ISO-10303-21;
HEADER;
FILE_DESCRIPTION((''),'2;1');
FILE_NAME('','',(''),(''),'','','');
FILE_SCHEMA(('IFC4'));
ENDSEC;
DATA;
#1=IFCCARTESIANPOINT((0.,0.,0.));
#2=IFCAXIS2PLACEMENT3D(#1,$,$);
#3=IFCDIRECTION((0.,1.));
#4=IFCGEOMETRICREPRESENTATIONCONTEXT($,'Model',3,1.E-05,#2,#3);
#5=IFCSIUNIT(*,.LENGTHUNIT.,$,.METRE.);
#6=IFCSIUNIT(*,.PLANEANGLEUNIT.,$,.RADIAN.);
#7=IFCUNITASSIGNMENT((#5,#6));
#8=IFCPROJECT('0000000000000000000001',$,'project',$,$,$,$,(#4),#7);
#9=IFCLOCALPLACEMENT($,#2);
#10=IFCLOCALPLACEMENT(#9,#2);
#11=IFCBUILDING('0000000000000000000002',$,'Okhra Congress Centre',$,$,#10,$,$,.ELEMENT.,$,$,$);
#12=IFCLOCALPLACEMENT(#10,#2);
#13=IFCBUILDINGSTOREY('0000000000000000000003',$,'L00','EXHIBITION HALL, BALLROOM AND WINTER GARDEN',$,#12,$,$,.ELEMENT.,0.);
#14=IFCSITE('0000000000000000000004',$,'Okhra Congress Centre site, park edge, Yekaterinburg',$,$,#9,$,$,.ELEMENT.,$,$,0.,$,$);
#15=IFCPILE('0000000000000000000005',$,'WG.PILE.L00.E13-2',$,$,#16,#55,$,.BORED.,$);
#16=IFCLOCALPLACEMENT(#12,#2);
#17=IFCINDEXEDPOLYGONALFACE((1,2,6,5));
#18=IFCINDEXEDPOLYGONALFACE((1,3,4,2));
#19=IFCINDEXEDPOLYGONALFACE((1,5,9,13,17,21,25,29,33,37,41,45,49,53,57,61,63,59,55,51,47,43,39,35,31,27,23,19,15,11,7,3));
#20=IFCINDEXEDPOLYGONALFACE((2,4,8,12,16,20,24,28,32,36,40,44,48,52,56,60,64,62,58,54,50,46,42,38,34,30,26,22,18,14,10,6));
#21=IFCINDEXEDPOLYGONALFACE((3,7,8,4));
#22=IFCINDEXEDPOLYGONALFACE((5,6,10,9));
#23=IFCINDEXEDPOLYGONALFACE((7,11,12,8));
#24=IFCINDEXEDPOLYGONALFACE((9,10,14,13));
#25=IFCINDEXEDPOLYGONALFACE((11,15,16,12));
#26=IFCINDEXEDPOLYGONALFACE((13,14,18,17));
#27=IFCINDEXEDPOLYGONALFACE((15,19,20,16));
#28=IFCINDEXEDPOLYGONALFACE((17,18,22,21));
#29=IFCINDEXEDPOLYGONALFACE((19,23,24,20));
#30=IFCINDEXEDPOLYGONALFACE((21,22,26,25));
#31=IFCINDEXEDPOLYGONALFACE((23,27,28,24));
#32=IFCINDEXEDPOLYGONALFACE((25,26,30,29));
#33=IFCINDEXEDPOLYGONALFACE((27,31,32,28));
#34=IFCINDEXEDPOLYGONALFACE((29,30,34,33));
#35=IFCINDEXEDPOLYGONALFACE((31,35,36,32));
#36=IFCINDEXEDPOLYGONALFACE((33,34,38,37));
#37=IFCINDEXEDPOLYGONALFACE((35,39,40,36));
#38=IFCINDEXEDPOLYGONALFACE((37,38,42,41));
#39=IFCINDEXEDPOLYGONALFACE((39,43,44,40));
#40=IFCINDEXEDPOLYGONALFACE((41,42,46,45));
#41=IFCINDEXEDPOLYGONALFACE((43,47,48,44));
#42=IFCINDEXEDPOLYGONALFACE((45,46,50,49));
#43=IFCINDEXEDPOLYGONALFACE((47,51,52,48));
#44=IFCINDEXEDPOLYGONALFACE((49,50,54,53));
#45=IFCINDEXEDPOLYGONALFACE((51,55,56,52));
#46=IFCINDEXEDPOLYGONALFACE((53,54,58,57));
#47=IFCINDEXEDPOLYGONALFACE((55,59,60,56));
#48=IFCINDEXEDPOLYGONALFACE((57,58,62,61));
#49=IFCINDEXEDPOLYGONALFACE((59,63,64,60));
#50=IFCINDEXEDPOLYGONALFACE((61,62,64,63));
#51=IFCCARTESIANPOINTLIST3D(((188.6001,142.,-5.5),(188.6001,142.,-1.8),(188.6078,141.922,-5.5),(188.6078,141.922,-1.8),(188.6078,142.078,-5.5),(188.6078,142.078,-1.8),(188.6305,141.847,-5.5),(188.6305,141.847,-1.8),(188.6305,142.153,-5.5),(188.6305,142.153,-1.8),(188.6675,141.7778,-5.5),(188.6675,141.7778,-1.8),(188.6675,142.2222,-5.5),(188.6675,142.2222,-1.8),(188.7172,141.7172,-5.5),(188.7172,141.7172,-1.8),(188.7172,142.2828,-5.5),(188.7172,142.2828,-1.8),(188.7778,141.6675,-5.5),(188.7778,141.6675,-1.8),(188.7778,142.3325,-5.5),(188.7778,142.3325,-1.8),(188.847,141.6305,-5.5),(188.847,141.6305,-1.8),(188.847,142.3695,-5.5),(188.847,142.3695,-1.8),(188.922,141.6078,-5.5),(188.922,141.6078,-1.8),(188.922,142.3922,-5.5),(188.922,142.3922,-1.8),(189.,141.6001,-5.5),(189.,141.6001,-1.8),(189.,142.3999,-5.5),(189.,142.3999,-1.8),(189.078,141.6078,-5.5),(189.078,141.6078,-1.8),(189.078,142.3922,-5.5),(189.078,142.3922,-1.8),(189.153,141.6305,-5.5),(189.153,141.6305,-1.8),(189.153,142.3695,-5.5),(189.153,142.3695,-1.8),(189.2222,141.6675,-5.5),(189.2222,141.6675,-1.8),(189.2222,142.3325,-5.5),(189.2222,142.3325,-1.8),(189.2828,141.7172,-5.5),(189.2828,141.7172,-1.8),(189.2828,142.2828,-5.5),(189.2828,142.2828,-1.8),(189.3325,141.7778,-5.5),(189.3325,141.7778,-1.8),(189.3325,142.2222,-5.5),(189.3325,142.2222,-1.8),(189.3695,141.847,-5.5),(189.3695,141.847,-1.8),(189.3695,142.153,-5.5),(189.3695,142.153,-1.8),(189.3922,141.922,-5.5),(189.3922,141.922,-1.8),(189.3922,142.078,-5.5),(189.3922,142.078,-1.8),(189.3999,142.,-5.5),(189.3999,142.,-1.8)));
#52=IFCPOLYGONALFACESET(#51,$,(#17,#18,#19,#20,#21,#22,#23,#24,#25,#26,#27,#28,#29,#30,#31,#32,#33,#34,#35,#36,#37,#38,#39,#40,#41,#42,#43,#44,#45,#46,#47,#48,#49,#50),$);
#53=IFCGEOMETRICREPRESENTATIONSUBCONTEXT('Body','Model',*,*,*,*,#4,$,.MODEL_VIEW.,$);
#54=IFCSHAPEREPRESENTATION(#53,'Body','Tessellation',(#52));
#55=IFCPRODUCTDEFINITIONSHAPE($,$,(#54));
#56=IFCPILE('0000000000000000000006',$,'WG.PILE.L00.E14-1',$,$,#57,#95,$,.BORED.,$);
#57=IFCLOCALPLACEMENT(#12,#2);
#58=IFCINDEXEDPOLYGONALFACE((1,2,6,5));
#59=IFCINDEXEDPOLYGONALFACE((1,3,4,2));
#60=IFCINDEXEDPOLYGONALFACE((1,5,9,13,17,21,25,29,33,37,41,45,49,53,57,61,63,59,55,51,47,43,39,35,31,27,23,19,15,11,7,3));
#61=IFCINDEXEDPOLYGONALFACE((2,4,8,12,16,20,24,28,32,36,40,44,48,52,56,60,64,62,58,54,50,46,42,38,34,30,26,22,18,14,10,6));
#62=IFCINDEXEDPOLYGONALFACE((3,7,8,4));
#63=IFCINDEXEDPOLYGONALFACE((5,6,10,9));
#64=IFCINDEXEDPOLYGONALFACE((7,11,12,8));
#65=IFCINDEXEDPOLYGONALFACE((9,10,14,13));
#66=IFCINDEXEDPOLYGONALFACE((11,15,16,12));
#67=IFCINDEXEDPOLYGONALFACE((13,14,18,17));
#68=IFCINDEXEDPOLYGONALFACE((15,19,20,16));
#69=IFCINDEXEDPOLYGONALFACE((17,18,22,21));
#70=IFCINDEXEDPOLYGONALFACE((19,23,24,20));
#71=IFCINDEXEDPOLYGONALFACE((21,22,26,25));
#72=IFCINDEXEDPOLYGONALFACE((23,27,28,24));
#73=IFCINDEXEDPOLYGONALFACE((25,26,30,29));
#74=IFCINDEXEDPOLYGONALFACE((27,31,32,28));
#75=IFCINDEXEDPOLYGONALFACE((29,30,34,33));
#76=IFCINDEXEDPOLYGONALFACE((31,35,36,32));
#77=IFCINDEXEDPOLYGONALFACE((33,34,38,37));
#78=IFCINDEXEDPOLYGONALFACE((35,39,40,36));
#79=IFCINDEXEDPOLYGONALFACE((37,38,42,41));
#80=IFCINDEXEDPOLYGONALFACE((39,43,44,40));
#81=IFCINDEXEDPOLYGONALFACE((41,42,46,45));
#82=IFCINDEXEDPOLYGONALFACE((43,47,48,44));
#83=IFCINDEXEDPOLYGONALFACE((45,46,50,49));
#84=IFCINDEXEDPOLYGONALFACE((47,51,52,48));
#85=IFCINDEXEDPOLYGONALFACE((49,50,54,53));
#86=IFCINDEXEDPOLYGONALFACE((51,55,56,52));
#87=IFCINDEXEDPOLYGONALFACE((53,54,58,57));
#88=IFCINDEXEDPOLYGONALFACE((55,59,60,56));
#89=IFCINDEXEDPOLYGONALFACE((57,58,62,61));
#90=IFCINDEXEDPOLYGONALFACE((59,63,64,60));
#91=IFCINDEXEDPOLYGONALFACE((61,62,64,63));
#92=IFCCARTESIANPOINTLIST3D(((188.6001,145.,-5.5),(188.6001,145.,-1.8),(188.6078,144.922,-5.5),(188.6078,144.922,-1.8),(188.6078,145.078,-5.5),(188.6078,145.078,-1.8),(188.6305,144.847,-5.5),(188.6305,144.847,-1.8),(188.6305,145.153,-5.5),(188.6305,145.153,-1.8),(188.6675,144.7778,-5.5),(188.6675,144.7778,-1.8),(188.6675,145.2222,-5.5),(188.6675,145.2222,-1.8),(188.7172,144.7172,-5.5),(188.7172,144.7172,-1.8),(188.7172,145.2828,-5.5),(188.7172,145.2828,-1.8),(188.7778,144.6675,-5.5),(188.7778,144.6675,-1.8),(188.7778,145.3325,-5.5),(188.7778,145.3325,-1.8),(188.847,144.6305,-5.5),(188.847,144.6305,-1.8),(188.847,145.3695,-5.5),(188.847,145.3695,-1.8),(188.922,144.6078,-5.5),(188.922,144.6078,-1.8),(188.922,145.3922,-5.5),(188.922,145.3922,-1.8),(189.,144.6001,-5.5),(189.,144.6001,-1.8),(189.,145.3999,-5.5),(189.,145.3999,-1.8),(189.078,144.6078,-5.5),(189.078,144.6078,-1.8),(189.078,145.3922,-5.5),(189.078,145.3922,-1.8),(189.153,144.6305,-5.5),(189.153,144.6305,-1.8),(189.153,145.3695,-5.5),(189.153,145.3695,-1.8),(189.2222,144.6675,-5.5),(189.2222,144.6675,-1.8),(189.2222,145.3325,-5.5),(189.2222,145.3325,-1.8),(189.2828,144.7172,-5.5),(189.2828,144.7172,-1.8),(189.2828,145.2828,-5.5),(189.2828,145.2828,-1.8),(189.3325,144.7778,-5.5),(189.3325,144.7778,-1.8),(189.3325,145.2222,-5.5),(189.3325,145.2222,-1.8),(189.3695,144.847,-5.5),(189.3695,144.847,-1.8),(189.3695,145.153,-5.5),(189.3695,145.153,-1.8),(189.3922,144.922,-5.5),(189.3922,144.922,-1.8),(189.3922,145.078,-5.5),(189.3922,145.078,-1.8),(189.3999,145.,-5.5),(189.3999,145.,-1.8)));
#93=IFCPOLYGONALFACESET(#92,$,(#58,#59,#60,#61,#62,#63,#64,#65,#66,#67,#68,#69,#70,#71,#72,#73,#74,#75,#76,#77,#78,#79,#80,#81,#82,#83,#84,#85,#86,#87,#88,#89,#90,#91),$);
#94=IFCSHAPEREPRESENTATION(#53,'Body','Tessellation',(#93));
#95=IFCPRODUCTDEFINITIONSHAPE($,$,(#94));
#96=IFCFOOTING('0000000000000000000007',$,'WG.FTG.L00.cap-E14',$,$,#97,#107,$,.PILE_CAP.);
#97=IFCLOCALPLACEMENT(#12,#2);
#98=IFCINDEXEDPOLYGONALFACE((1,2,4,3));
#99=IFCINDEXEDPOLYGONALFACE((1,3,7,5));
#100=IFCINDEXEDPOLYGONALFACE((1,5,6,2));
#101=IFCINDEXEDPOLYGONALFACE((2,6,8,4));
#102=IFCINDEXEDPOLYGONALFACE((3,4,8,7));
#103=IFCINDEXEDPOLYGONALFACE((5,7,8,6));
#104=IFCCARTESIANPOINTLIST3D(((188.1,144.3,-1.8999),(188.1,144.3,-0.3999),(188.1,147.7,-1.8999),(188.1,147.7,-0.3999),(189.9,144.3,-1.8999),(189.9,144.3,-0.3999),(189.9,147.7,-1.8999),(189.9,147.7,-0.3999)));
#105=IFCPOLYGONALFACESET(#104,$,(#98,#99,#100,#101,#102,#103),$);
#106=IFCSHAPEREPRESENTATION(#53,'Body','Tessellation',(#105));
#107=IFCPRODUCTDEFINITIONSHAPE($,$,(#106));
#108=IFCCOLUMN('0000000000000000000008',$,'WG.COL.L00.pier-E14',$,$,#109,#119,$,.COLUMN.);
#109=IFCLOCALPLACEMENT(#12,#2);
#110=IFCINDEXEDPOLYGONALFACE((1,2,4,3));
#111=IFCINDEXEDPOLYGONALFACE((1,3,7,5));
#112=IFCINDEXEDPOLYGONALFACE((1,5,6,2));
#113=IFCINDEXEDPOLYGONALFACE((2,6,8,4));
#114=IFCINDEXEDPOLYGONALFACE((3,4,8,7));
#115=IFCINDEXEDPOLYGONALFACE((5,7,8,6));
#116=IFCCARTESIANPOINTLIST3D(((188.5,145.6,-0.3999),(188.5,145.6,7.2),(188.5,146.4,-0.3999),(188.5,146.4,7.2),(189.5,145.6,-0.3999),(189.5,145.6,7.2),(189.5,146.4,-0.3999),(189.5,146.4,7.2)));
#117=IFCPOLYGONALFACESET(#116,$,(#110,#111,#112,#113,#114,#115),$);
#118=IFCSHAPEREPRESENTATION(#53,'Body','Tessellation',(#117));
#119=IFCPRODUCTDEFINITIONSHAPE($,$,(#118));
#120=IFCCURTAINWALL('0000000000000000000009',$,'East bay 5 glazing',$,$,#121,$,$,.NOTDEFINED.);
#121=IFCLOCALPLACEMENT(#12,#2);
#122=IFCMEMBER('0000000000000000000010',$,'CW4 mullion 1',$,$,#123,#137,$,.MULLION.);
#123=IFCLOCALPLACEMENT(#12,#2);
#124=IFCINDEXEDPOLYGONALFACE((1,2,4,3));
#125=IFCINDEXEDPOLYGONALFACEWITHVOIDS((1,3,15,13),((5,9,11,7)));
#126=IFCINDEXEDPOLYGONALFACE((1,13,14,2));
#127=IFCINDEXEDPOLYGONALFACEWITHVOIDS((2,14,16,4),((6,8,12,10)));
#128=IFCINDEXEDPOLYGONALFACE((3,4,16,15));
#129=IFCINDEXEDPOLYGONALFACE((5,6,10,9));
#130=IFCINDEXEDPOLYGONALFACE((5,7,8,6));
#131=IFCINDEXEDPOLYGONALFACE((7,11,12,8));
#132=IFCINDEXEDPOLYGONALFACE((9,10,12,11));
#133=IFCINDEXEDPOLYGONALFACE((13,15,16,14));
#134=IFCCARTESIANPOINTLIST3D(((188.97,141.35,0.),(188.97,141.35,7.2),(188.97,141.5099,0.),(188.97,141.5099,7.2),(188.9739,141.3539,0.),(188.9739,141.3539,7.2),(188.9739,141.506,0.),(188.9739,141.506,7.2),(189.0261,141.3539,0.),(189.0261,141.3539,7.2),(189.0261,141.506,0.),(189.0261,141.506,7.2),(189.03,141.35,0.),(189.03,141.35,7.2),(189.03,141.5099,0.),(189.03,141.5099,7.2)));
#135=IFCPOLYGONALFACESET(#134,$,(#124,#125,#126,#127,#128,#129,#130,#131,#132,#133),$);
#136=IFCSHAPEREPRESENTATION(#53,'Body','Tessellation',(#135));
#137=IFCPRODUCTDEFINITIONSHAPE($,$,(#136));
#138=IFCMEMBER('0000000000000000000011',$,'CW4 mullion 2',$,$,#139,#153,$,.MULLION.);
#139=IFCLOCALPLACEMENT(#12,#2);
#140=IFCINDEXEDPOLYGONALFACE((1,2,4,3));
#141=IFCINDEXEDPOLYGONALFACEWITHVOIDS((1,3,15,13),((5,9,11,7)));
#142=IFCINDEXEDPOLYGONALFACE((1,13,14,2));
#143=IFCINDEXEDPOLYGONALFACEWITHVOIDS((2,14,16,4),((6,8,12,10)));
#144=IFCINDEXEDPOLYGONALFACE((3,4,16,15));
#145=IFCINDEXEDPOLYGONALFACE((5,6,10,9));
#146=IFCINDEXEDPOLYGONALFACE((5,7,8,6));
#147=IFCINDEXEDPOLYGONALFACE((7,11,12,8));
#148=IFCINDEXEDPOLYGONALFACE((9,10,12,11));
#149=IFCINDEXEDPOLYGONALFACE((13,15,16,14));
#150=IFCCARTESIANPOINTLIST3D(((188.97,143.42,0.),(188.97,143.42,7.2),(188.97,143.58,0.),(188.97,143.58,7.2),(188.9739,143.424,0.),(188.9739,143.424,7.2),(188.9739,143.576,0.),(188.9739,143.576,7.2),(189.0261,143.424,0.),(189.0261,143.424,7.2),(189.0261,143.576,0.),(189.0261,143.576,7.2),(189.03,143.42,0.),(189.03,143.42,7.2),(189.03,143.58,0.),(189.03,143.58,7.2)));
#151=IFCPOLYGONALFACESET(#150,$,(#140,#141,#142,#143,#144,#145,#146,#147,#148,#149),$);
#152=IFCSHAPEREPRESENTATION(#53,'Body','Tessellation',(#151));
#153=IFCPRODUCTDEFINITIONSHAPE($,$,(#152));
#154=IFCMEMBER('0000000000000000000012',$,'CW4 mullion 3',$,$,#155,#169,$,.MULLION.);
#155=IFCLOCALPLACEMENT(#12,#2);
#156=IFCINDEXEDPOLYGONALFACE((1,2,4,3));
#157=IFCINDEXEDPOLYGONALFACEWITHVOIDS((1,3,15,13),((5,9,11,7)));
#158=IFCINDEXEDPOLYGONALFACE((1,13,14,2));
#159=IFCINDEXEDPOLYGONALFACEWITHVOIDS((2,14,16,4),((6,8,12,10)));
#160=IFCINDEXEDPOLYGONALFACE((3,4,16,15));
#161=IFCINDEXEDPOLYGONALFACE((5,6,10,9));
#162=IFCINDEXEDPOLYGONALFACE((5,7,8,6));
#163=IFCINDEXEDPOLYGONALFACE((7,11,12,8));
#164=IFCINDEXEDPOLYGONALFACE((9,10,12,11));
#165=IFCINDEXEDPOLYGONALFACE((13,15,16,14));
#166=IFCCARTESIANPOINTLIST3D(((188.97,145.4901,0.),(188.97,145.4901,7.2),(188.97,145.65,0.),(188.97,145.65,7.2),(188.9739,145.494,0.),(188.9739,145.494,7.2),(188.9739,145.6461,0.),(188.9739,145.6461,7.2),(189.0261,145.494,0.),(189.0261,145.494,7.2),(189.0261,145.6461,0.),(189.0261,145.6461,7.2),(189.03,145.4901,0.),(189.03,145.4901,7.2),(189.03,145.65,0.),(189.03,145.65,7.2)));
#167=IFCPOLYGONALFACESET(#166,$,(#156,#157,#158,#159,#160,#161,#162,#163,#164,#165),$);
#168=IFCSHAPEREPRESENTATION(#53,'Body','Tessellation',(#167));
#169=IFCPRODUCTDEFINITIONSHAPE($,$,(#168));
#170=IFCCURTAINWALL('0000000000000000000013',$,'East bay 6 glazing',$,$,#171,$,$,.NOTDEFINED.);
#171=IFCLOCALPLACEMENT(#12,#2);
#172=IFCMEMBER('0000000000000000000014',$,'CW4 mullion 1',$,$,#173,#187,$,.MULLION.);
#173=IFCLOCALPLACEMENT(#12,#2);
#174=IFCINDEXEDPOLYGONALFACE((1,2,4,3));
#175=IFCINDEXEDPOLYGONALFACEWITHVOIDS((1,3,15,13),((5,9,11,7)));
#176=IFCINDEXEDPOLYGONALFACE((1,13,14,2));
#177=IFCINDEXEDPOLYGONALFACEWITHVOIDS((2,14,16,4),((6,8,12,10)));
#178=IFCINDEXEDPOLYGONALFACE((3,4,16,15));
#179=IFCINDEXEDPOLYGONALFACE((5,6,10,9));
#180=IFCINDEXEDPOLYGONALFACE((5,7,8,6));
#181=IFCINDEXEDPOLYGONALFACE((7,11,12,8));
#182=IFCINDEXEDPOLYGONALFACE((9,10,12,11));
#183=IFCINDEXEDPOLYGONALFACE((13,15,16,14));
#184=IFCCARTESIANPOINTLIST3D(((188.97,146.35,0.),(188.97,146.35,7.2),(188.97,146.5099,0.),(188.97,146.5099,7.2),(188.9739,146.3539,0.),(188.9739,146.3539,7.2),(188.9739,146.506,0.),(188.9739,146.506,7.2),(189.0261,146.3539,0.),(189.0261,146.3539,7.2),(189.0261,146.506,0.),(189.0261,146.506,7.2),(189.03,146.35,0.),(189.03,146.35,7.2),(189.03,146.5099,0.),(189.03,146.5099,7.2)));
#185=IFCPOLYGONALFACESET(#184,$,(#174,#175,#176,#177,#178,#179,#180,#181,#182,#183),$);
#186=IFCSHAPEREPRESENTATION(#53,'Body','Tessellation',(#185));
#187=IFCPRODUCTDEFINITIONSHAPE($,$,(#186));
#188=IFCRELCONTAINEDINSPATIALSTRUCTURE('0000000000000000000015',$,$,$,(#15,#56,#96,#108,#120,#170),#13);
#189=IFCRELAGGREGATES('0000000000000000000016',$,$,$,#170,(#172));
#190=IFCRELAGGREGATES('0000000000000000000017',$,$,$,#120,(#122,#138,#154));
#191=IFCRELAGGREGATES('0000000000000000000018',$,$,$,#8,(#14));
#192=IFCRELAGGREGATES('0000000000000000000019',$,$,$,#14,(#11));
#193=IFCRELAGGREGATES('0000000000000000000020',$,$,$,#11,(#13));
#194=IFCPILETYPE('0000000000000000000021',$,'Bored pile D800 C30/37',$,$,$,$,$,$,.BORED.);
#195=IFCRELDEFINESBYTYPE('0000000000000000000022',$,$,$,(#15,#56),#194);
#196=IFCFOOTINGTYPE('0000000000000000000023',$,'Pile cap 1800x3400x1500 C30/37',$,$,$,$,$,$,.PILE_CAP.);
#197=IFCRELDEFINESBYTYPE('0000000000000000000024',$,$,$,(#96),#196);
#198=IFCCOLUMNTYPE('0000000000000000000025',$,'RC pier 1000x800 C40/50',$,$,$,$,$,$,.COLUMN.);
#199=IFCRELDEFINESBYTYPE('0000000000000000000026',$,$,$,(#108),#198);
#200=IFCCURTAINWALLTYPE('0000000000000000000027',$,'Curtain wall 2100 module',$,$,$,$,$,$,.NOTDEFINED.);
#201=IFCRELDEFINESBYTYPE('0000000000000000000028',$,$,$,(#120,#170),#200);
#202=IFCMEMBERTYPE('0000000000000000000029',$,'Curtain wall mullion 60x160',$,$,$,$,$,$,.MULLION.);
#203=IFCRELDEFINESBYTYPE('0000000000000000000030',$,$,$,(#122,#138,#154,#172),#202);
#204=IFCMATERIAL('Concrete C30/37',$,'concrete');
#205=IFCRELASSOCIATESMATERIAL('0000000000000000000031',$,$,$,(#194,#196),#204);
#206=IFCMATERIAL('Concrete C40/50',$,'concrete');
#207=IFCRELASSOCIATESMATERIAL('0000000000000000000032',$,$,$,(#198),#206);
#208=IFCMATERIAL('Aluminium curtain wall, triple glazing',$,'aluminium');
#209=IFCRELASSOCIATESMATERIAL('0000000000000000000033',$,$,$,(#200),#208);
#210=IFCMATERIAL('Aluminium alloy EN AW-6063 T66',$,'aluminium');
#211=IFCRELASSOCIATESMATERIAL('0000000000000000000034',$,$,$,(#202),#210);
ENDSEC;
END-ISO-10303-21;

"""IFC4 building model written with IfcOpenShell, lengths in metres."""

from ifc_helpers import new_model, si_unit, direction, frame, origin, origin_2d, place, context, subcontext, project, spatial, rectangle, hollow_rectangle, circle, extrude, material, material_profile, profile_set, type_object, element, aggregate, save


model = new_model("IFC4")

# Units and contexts
model_context = context("Model", 3, precision=1e-05, world=origin(), true_north=direction((0.0, 1.0)))
body_context = subcontext(model_context, "Body", "Model", "MODEL_VIEW")
ifc_project = project(units=[si_unit("LENGTHUNIT", "METRE"), si_unit("PLANEANGLEUNIT", "RADIAN")], contexts=[model_context])

# Site, building, storey
site_placement = place(None, origin())
site = spatial("IfcSite", under=ifc_project, at=site_placement, Name="Okhra Congress Centre site, park edge, Yekaterinburg", CompositionType="ELEMENT", RefElevation=0.0)
building_placement = place(site_placement, origin())
building = spatial("IfcBuilding", under=site, at=building_placement, Name="Okhra Congress Centre", CompositionType="ELEMENT")
storey_placement = place(building_placement, origin())
storey = spatial("IfcBuildingStorey", under=building, at=storey_placement, Name="L00", Description="EXHIBITION HALL, BALLROOM AND WINTER GARDEN", CompositionType="ELEMENT", Elevation=0.0)

# Piles
ifc_material_1 = material(Name="Concrete C30/37", Category="concrete")
ifc_material_profile_1 = material_profile(ifc_material_1, circle(Radius=0.3999, at=origin_2d()), Name="D800")
ifc_profile_set_1 = profile_set([ifc_material_profile_1], Name="Concrete C30/37")
pile_type = type_object("IfcPileType", Name="Bored pile D800 C30/37", PredefinedType="BORED", material=ifc_profile_set_1)
for number, where, z_axis, x_axis, name in (
    (1, (189.0, 142.0, -1.8), (0.0, 0.0, -1.0), (1.0, 0.0, 0.0), "WG.PILE.L00.E13-2"),
    (2, (189.0, 145.0, -1.8), (0.0, 0.0, -1.0), (1.0, 0.0, 0.0), "WG.PILE.L00.E14-1"),
):
    element("IfcPile", number, at=place(storey_placement, frame(where, z_axis=z_axis, x_axis=x_axis)), inside=storey, type_object=pile_type, Name=name, PredefinedType="BORED", context=body_context, shape_type="SweptSolid", body=[
        extrude(circle(Radius=0.3999, at=origin_2d()), origin(), (0.0, 0.0, 1.0), 3.7),
    ])

# Footing
footing_type = type_object("IfcFootingType", Name="Pile cap 1800x3400x1500 C30/37", PredefinedType="PILE_CAP", material=ifc_material_1)
footing_placement = place(storey_placement, frame((189.0, 146.0, -1.8999), z_axis=(0.0, 0.0, 1.0), x_axis=(1.0, 0.0, 0.0)))
element("IfcFooting", 3, at=footing_placement, inside=storey, type_object=footing_type, Name="WG.FTG.L00.cap-E14", PredefinedType="PILE_CAP", context=body_context, shape_type="SweptSolid", body=[
    extrude(rectangle(XDim=1.8, YDim=3.3999, at=origin_2d()), origin(), (0.0, 0.0, 1.0), 1.5),
])

# Column
ifc_material_2 = material(Name="Concrete C40/50", Category="concrete")
ifc_material_profile_2 = material_profile(ifc_material_2, rectangle(XDim=1.0, YDim=0.8, at=origin_2d()), Name="RC 1000x800")
ifc_profile_set_2 = profile_set([ifc_material_profile_2], Name="Concrete C40/50")
column_type = type_object("IfcColumnType", Name="RC pier 1000x800 C40/50", PredefinedType="COLUMN", material=ifc_profile_set_2)
column_placement = place(storey_placement, frame((189.0, 146.0, -0.3999), z_axis=(0.0, 0.0, 1.0), x_axis=(1.0, 0.0, 0.0)))
element("IfcColumn", 4, at=column_placement, inside=storey, type_object=column_type, Name="WG.COL.L00.pier-E14", PredefinedType="COLUMN", context=body_context, shape_type="SweptSolid", body=[
    extrude(rectangle(XDim=1.0, YDim=0.8, at=origin_2d()), origin(), (0.0, 0.0, 1.0), 7.5999),
])

# Curtain wall, members
ifc_material_3 = material(Name="Aluminium curtain wall, triple glazing", Category="aluminium")
curtain_wall_type = type_object("IfcCurtainWallType", Name="Curtain wall 2100 module", PredefinedType="NOTDEFINED", material=ifc_material_3)
curtain_wall_1_placement = place(storey_placement, origin())
curtain_wall_1 = element("IfcCurtainWall", 5, at=curtain_wall_1_placement, inside=storey, type_object=curtain_wall_type, Name="East bay 5 glazing", PredefinedType="NOTDEFINED")
ifc_material_4 = material(Name="Aluminium alloy EN AW-6063 T66", Category="aluminium")
ifc_material_profile_3 = material_profile(ifc_material_4, hollow_rectangle(XDim=0.0601, YDim=0.1599, WallThickness=0.0039, at=origin_2d()), Name="RHS 60x160x4")
ifc_profile_set_3 = profile_set([ifc_material_profile_3], Name="Aluminium alloy EN AW-6063 T66")
member_type_1 = type_object("IfcMemberType", Name="Curtain wall mullion 60x160", PredefinedType="MULLION", material=ifc_profile_set_3)
member_1_placement = place(storey_placement, frame((189.0, 141.4299, 0.0), z_axis=(0.0, 0.0, 1.0), x_axis=(-1.0, 0.0, 0.0)))
member_1 = element("IfcMember", 6, at=member_1_placement, type_object=member_type_1, Name="CW4 mullion 1", PredefinedType="MULLION", context=body_context, shape_type="SweptSolid", body=[
    extrude(hollow_rectangle(XDim=0.0601, YDim=0.1599, WallThickness=0.0039, at=origin_2d()), origin(), (0.0, 0.0, 1.0), 7.2),
])
member_2_placement = place(storey_placement, frame((189.0, 143.5, 0.0), z_axis=(0.0, 0.0, 1.0), x_axis=(-1.0, 0.0, 0.0)))
member_2 = element("IfcMember", 7, at=member_2_placement, type_object=member_type_1, Name="CW4 mullion 2", PredefinedType="MULLION", context=body_context, shape_type="SweptSolid", body=[
    extrude(hollow_rectangle(XDim=0.0601, YDim=0.1599, WallThickness=0.0039, at=origin_2d()), origin(), (0.0, 0.0, 1.0), 7.2),
])
member_3_placement = place(storey_placement, frame((189.0, 145.5701, 0.0), z_axis=(0.0, 0.0, 1.0), x_axis=(-1.0, 0.0, 0.0)))
member_3 = element("IfcMember", 8, at=member_3_placement, type_object=member_type_1, Name="CW4 mullion 3", PredefinedType="MULLION", context=body_context, shape_type="SweptSolid", body=[
    extrude(hollow_rectangle(XDim=0.0601, YDim=0.1599, WallThickness=0.0039, at=origin_2d()), origin(), (0.0, 0.0, 1.0), 7.2),
])

# Curtain wall, member
curtain_wall_2_placement = place(storey_placement, origin())
curtain_wall_2 = element("IfcCurtainWall", 9, at=curtain_wall_2_placement, inside=storey, type_object=curtain_wall_type, Name="East bay 6 glazing", PredefinedType="NOTDEFINED")
member_4_placement = place(storey_placement, frame((189.0, 146.4299, 0.0), z_axis=(0.0, 0.0, 1.0), x_axis=(-1.0, 0.0, 0.0)))
member_4 = element("IfcMember", 10, at=member_4_placement, type_object=member_type_1, Name="CW4 mullion 1", PredefinedType="MULLION", context=body_context, shape_type="SweptSolid", body=[
    extrude(hollow_rectangle(XDim=0.0601, YDim=0.1599, WallThickness=0.0039, at=origin_2d()), origin(), (0.0, 0.0, 1.0), 7.2),
])

aggregate(curtain_wall_2, [member_4])

aggregate(curtain_wall_1, [member_1, member_2, member_3])

save(model, "model.ifc")
